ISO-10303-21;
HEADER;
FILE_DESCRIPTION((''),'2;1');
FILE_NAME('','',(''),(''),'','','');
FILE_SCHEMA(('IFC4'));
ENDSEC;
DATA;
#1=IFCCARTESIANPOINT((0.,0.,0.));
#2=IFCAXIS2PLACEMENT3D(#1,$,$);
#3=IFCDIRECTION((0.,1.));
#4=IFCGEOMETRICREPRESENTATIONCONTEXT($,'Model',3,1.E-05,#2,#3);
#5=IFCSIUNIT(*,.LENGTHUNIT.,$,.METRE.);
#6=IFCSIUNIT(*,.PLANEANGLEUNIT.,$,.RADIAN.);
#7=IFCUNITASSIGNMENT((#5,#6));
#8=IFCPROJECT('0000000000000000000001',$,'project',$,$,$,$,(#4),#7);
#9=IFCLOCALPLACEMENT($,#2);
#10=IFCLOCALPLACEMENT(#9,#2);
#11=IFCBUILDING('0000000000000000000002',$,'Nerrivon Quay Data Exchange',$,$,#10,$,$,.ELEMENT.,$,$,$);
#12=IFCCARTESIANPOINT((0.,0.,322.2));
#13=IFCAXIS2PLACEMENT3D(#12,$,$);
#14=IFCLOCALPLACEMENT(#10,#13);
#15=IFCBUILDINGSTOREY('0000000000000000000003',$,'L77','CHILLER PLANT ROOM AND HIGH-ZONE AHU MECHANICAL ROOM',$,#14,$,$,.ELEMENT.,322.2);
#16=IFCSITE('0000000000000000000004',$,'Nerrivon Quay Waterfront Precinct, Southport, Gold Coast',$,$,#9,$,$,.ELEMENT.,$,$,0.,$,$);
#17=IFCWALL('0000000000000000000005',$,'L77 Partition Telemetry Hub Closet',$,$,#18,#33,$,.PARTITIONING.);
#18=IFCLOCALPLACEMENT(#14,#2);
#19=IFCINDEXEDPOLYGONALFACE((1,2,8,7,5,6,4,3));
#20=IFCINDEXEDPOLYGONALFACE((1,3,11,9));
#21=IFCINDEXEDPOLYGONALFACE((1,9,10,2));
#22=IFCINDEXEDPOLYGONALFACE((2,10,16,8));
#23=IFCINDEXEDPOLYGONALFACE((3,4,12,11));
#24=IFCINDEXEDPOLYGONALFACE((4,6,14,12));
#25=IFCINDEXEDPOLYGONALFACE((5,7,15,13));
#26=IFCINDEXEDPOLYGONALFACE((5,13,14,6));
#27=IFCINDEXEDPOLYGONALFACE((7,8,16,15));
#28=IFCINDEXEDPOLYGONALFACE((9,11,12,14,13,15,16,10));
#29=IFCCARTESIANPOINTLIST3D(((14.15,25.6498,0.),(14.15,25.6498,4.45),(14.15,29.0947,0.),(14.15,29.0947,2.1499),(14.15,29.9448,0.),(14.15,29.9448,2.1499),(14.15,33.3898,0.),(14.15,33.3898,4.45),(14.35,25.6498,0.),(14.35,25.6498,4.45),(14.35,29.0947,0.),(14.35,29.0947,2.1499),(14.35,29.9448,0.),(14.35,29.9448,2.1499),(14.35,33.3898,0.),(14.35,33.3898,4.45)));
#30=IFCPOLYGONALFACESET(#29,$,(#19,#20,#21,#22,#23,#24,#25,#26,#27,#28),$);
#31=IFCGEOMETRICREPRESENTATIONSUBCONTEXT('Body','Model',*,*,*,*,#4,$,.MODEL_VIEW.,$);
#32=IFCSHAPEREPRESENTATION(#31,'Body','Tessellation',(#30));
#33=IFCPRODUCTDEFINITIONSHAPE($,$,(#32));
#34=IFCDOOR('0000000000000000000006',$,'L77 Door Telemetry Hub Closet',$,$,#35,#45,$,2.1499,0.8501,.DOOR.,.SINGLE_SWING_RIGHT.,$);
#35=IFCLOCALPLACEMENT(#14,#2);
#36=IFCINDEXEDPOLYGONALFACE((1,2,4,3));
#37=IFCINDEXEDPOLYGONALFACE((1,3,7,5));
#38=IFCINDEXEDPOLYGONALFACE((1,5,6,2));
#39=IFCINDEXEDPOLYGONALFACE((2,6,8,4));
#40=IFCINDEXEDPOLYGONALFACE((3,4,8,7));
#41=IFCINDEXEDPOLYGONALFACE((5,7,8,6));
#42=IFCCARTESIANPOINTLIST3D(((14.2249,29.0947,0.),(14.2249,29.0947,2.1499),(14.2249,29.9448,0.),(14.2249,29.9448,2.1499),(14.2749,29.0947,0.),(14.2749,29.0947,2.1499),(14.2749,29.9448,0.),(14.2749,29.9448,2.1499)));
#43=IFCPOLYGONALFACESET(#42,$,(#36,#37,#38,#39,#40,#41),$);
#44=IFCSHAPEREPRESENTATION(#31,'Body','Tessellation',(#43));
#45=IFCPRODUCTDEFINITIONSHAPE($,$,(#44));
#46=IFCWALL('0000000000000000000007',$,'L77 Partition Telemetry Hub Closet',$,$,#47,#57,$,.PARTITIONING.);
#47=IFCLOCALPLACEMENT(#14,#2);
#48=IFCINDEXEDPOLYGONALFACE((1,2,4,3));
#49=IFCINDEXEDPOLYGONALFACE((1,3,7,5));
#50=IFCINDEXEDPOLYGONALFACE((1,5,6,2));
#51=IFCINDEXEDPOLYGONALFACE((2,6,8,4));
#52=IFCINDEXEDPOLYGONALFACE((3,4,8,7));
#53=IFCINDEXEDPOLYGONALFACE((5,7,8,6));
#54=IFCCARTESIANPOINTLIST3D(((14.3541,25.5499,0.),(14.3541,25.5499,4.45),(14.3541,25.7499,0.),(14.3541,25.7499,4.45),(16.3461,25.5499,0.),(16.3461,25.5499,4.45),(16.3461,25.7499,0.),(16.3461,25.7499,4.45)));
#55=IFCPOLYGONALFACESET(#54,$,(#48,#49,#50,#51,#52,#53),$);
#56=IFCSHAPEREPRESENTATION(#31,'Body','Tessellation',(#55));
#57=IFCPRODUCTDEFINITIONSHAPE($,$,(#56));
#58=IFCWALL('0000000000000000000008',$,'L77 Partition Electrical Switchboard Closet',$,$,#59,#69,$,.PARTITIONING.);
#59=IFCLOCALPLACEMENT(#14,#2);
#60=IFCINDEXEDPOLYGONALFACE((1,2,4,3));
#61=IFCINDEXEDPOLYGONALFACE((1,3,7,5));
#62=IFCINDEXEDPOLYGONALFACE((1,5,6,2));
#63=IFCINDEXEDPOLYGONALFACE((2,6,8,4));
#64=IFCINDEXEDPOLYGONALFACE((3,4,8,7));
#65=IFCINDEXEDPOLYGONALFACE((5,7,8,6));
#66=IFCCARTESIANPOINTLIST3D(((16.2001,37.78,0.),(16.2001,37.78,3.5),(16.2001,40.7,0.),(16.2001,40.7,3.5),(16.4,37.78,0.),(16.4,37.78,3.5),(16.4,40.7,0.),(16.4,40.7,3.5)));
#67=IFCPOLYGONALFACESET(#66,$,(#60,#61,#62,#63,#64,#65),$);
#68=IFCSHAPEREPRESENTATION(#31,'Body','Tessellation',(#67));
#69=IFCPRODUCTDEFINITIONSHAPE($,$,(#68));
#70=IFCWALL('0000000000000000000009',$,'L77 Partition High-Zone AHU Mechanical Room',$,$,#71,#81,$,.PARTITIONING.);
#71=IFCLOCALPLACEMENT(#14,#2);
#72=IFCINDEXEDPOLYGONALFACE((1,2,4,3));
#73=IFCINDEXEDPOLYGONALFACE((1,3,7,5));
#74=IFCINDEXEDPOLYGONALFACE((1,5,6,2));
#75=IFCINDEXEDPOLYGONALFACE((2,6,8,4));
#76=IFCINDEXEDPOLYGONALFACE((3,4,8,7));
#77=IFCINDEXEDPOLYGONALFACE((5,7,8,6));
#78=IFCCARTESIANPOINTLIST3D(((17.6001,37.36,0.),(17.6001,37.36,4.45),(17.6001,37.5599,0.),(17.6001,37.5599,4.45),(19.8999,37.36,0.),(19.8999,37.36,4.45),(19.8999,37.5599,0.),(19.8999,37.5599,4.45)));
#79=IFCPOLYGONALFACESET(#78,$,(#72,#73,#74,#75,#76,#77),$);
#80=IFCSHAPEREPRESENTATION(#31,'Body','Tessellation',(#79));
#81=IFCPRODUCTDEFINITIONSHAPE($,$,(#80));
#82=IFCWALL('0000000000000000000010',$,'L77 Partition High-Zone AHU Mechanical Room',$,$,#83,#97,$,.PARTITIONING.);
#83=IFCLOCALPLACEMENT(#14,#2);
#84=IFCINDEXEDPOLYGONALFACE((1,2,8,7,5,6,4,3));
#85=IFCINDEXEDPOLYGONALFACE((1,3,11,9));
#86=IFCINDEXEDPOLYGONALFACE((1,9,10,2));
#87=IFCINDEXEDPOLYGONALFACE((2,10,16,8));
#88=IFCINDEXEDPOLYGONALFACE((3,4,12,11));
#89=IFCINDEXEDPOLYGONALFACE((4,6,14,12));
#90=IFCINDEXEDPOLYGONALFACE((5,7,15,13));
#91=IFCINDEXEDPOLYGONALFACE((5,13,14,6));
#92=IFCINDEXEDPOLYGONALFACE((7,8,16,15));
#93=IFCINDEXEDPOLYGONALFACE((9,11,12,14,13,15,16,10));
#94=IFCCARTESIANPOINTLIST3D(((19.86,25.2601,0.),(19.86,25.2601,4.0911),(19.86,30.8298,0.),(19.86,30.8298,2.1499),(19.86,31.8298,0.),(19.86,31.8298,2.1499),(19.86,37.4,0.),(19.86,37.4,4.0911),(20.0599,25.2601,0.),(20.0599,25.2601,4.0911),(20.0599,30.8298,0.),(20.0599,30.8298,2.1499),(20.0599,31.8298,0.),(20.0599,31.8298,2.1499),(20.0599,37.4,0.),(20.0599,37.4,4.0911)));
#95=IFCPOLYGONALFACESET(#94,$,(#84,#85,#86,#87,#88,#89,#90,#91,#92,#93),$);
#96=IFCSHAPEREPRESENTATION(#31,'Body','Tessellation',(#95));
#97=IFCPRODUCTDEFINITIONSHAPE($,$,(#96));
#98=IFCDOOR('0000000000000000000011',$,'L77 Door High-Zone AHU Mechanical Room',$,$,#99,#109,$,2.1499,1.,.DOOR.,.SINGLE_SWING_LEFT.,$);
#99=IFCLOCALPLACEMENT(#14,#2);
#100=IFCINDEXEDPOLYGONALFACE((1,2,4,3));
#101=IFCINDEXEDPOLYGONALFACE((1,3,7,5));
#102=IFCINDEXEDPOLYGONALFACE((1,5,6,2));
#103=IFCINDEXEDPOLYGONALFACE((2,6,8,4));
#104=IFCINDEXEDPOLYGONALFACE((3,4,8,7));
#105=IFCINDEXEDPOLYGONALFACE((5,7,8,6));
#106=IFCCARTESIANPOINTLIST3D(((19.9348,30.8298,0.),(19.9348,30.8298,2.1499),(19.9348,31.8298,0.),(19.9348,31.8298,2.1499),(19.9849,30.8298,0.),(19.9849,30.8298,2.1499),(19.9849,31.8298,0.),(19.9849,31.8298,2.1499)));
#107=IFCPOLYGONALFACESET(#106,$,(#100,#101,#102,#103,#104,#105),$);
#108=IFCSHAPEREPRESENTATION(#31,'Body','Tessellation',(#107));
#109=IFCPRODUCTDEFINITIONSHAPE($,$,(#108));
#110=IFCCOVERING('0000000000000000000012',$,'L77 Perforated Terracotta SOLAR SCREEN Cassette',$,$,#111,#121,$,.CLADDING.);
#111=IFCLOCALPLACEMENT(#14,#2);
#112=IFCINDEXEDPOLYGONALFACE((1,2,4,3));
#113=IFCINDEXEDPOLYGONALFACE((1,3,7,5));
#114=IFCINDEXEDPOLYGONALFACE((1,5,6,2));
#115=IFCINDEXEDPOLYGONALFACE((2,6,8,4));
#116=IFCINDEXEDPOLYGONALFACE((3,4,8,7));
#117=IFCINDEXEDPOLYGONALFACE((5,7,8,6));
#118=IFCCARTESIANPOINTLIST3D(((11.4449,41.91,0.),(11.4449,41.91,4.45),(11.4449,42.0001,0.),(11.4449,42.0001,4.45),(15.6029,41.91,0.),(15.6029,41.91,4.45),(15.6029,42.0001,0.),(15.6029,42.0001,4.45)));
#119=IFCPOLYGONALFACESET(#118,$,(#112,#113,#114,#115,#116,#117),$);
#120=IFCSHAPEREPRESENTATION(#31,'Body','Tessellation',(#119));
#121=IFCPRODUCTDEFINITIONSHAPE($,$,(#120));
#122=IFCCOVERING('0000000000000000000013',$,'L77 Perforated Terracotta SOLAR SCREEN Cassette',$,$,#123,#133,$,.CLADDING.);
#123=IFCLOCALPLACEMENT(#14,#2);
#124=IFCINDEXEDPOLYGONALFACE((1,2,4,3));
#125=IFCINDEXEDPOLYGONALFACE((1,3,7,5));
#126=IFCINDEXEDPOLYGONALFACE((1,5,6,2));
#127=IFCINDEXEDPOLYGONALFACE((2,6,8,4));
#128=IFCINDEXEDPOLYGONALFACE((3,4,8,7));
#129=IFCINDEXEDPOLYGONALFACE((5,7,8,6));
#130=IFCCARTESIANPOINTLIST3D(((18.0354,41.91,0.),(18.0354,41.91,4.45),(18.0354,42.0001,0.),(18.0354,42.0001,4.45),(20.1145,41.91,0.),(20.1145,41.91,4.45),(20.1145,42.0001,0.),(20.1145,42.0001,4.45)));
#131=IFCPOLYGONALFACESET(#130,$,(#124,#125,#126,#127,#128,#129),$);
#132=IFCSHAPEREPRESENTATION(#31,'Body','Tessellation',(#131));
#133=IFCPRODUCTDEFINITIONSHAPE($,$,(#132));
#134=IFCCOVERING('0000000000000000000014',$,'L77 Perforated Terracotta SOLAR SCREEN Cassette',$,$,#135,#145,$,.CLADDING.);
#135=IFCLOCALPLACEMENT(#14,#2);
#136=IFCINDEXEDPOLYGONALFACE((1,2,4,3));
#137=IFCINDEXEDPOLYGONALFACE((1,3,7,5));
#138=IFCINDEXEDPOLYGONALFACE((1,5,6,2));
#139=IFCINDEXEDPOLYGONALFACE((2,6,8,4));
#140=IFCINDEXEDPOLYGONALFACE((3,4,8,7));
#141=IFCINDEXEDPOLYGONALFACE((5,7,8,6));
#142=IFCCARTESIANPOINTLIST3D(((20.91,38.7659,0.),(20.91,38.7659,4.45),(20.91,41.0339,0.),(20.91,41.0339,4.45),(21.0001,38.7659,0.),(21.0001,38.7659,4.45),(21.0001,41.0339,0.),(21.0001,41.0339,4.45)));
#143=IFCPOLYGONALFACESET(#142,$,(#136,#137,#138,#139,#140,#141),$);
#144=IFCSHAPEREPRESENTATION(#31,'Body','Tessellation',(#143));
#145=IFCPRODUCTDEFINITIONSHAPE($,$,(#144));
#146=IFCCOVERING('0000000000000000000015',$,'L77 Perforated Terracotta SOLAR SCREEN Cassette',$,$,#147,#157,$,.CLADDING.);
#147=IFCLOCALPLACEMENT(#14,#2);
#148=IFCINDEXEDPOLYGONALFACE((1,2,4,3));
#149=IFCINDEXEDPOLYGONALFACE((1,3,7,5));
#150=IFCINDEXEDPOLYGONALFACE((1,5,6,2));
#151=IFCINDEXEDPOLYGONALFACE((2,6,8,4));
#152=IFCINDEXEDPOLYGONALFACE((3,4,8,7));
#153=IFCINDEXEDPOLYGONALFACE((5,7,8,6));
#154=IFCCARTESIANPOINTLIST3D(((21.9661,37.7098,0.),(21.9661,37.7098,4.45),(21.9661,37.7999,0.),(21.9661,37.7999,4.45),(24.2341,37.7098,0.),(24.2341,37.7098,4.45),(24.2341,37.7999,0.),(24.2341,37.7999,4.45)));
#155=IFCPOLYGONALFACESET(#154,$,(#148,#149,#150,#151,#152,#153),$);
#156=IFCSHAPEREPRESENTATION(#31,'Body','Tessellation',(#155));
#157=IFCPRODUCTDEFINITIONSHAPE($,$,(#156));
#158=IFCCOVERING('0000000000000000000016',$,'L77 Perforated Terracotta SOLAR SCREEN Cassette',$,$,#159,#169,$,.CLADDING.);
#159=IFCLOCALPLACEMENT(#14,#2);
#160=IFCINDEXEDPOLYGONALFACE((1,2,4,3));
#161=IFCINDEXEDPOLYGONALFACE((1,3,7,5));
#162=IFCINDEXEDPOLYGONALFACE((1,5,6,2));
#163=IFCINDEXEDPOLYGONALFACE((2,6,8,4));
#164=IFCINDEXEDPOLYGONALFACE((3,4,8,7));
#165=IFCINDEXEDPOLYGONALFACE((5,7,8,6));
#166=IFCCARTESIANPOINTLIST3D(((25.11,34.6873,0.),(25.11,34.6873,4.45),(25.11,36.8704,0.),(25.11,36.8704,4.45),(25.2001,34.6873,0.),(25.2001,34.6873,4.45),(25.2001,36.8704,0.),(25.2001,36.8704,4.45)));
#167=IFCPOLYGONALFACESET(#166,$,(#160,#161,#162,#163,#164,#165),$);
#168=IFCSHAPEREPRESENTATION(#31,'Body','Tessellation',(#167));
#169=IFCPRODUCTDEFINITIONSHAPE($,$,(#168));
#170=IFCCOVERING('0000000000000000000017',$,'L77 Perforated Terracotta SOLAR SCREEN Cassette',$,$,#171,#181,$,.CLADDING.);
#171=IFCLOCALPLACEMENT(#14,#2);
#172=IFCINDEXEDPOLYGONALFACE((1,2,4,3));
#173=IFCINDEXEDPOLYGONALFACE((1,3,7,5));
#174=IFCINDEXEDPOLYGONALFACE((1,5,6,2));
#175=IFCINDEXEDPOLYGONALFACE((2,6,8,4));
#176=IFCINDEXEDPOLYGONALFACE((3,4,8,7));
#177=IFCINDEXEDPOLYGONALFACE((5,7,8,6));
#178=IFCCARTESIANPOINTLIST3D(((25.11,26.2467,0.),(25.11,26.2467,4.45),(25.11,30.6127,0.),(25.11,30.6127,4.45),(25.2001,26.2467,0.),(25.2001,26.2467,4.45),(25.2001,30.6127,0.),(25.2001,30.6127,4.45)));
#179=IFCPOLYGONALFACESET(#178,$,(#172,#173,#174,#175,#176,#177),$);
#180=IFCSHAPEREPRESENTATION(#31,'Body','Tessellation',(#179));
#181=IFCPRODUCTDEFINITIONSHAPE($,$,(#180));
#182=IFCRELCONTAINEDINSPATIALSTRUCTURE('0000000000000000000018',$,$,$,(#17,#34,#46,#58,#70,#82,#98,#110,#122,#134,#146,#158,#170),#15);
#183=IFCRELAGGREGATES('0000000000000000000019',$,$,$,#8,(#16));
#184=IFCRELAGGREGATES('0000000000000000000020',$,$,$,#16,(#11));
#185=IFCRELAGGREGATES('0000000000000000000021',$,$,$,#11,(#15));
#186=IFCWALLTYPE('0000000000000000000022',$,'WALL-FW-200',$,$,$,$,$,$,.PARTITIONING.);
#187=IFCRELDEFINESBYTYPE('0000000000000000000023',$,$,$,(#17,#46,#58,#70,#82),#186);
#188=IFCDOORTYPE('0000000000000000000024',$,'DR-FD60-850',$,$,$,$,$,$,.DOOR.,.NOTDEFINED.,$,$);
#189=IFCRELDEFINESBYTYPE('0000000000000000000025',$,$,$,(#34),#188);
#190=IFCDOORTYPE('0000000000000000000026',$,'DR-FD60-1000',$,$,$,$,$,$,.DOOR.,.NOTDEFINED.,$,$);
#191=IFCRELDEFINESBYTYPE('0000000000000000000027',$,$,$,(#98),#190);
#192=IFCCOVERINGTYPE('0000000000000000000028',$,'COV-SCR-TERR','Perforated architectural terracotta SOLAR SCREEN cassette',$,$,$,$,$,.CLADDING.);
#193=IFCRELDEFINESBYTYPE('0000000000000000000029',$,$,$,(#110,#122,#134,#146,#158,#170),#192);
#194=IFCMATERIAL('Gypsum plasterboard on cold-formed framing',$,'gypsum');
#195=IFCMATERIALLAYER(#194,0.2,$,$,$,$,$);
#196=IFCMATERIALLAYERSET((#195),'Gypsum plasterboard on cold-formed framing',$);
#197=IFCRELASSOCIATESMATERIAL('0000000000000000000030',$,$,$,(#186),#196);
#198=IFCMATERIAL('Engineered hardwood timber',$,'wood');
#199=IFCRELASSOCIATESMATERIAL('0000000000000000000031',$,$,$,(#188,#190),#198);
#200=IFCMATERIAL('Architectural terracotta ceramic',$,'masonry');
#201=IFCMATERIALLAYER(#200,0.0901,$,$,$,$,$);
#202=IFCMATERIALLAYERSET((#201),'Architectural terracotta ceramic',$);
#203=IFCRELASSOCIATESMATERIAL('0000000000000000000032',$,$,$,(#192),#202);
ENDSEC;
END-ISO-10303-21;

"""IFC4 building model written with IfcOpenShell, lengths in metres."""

from ifc_helpers import new_model, si_unit, direction, frame, frame_2d, origin, origin_2d, place, context, subcontext, project, spatial, rectangle, extrude, material, layer, layer_set, type_object, element, fill, save


model = new_model("IFC4")

# Units and contexts
model_context = context("Model", 3, precision=1e-05, world=origin(), true_north=direction((0.0, 1.0)))
body_context = subcontext(model_context, "Body", "Model", "MODEL_VIEW")
ifc_project = project(units=[si_unit("LENGTHUNIT", "METRE"), si_unit("PLANEANGLEUNIT", "RADIAN")], contexts=[model_context])

# Site, building, storey
site_placement = place(None, origin())
site = spatial("IfcSite", under=ifc_project, at=site_placement, Name="Nerrivon Quay Waterfront Precinct, Southport, Gold Coast", CompositionType="ELEMENT", RefElevation=0.0)
building_placement = place(site_placement, origin())
building = spatial("IfcBuilding", under=site, at=building_placement, Name="Nerrivon Quay Data Exchange", CompositionType="ELEMENT")
storey_placement = place(building_placement, frame((0.0, 0.0, 322.2)))
storey = spatial("IfcBuildingStorey", under=building, at=storey_placement, Name="L77", Description="CHILLER PLANT ROOM AND HIGH-ZONE AHU MECHANICAL ROOM", CompositionType="ELEMENT", Elevation=322.2)

# Shared definitions
ifc_material_1 = material(Name="Gypsum plasterboard on cold-formed framing", Category="gypsum")
ifc_layer_1 = layer(ifc_material_1, 0.2)
ifc_layer_set_1 = layer_set([ifc_layer_1], Name="Gypsum plasterboard on cold-formed framing")
wall_type_1 = type_object("IfcWallType", Name="WALL-FW-200", PredefinedType="PARTITIONING", material=ifc_layer_set_1)

# Wall, opening, door
wall_1_placement = place(storey_placement, frame((14.25, 33.3899, 0.0), z_axis=(0.0, 0.0, 1.0), x_axis=(0.0, -1.0, 0.0)))
wall_1 = element("IfcWall", 1, at=wall_1_placement, inside=storey, type_object=wall_type_1, Name="L77 Partition Telemetry Hub Closet", PredefinedType="PARTITIONING", context=body_context, shape_type="SweptSolid", body=[
    extrude(rectangle(XDim=7.74, YDim=0.2, at=frame_2d((3.8701, 0.0))), origin(), (0.0, 0.0, 1.0), 4.45),
])
opening_1_placement = place(wall_1_placement, frame((3.4451, 0.0, 0.0)))
opening_1 = element("IfcOpeningElement", 2, at=opening_1_placement, cuts=wall_1, PredefinedType="OPENING", context=body_context, shape_type="SweptSolid", body=[
    extrude(rectangle(XDim=0.8501, YDim=2.1499, at=frame_2d((0.425, 1.075))), frame((0.0, 0.1099, 0.0), z_axis=(0.0, -1.0, 0.0), x_axis=(1.0, 0.0, 0.0)), (0.0, 0.0, 1.0), 0.22),
])
ifc_material_2 = material(Name="Engineered hardwood timber", Category="wood")
door_type_1 = type_object("IfcDoorType", Name="DR-FD60-850", OperationType="NOTDEFINED", PredefinedType="DOOR", material=ifc_material_2)
door_1_placement = place(opening_1_placement, origin())
door_1 = element("IfcDoor", 3, at=door_1_placement, inside=storey, type_object=door_type_1, Name="L77 Door Telemetry Hub Closet", OperationType="SINGLE_SWING_RIGHT", OverallHeight=2.1499, OverallWidth=0.8501, PredefinedType="DOOR", context=body_context, shape_type="SweptSolid", body=[
    extrude(rectangle(XDim=0.8501, YDim=2.1499, at=frame_2d((0.425, 1.075))), frame((0.0, 0.0249, 0.0), z_axis=(0.0, -1.0, 0.0), x_axis=(1.0, 0.0, 0.0)), (0.0, 0.0, 1.0), 0.05),
])
fill(opening_1, door_1)

# Walls
wall_2_placement = place(storey_placement, frame((14.354, 25.6499, 0.0), z_axis=(0.0, 0.0, 1.0), x_axis=(1.0, 0.0, 0.0)))
element("IfcWall", 4, at=wall_2_placement, inside=storey, type_object=wall_type_1, Name="L77 Partition Telemetry Hub Closet", PredefinedType="PARTITIONING", context=body_context, shape_type="SweptSolid", body=[
    extrude(rectangle(XDim=1.9919, YDim=0.2, at=frame_2d((0.9961, 0.0))), origin(), (0.0, 0.0, 1.0), 4.45),
])
wall_3_placement = place(storey_placement, frame((16.3, 37.78, 0.0), z_axis=(0.0, 0.0, 1.0), x_axis=(0.0, 1.0, 0.0)))
element("IfcWall", 5, at=wall_3_placement, inside=storey, type_object=wall_type_1, Name="L77 Partition Electrical Switchboard Closet", PredefinedType="PARTITIONING", context=body_context, shape_type="SweptSolid", body=[
    extrude(rectangle(XDim=2.9199, YDim=0.2, at=frame_2d((1.46, 0.0))), origin(), (0.0, 0.0, 1.0), 3.5),
])
wall_4_placement = place(storey_placement, frame((17.6001, 37.46, 0.0), z_axis=(0.0, 0.0, 1.0), x_axis=(1.0, 0.0, 0.0)))
element("IfcWall", 6, at=wall_4_placement, inside=storey, type_object=wall_type_1, Name="L77 Partition High-Zone AHU Mechanical Room", PredefinedType="PARTITIONING", context=body_context, shape_type="SweptSolid", body=[
    extrude(rectangle(XDim=2.2998, YDim=0.2, at=frame_2d((1.1499, 0.0))), origin(), (0.0, 0.0, 1.0), 4.45),
])

# Wall, opening, door
wall_5_placement = place(storey_placement, frame((19.96, 37.3999, 0.0), z_axis=(0.0, 0.0, 1.0), x_axis=(0.0, -1.0, 0.0)))
wall_5 = element("IfcWall", 7, at=wall_5_placement, inside=storey, type_object=wall_type_1, Name="L77 Partition High-Zone AHU Mechanical Room", PredefinedType="PARTITIONING", context=body_context, shape_type="SweptSolid", body=[
    extrude(rectangle(XDim=12.1399, YDim=0.2, at=frame_2d((6.0698, 0.0))), origin(), (0.0, 0.0, 1.0), 4.0911),
])
opening_2_placement = place(wall_5_placement, frame((5.5701, 0.0, 0.0)))
opening_2 = element("IfcOpeningElement", 8, at=opening_2_placement, cuts=wall_5, PredefinedType="OPENING", context=body_context, shape_type="SweptSolid", body=[
    extrude(rectangle(XDim=1.0, YDim=2.1499, at=frame_2d((0.5, 1.075))), frame((0.0, 0.1099, 0.0), z_axis=(0.0, -1.0, 0.0), x_axis=(1.0, 0.0, 0.0)), (0.0, 0.0, 1.0), 0.22),
])
door_type_2 = type_object("IfcDoorType", Name="DR-FD60-1000", OperationType="NOTDEFINED", PredefinedType="DOOR", material=ifc_material_2)
door_2_placement = place(opening_2_placement, origin())
door_2 = element("IfcDoor", 9, at=door_2_placement, inside=storey, type_object=door_type_2, Name="L77 Door High-Zone AHU Mechanical Room", OperationType="SINGLE_SWING_LEFT", OverallHeight=2.1499, OverallWidth=1.0, PredefinedType="DOOR", context=body_context, shape_type="SweptSolid", body=[
    extrude(rectangle(XDim=1.0, YDim=2.1499, at=frame_2d((0.5, 1.075))), frame((0.0, 0.0249, 0.0), z_axis=(0.0, -1.0, 0.0), x_axis=(1.0, 0.0, 0.0)), (0.0, 0.0, 1.0), 0.05),
])
fill(opening_2, door_2)

# Coverings
ifc_material_3 = material(Name="Architectural terracotta ceramic", Category="masonry")
ifc_layer_2 = layer(ifc_material_3, 0.0901)
ifc_layer_set_2 = layer_set([ifc_layer_2], Name="Architectural terracotta ceramic")
covering_type = type_object("IfcCoveringType", Name="COV-SCR-TERR", Description="Perforated architectural terracotta SOLAR SCREEN cassette", PredefinedType="CLADDING", material=ifc_layer_set_2)
covering_1_placement = place(storey_placement, frame((13.5239, 41.9551, 0.0), z_axis=(0.0, 0.0, 1.0), x_axis=(1.0, 0.0, 0.0)))
element("IfcCovering", 10, at=covering_1_placement, inside=storey, type_object=covering_type, Name="L77 Perforated Terracotta SOLAR SCREEN Cassette", PredefinedType="CLADDING", context=body_context, shape_type="SweptSolid", body=[
    extrude(rectangle(XDim=4.158, YDim=0.0901, at=origin_2d()), origin(), (0.0, 0.0, 1.0), 4.45),
])
covering_2_placement = place(storey_placement, frame((19.075, 41.9551, 0.0), z_axis=(0.0, 0.0, 1.0), x_axis=(1.0, 0.0, 0.0)))
element("IfcCovering", 11, at=covering_2_placement, inside=storey, type_object=covering_type, Name="L77 Perforated Terracotta SOLAR SCREEN Cassette", PredefinedType="CLADDING", context=body_context, shape_type="SweptSolid", body=[
    extrude(rectangle(XDim=2.0791, YDim=0.0901, at=origin_2d()), origin(), (0.0, 0.0, 1.0), 4.45),
])
for number, where, z_axis, x_axis, name in (
    (12, (20.9551, 39.8999, 0.0), (0.0, 0.0, 1.0), (0.0, -1.0, 0.0), "L77 Perforated Terracotta SOLAR SCREEN Cassette"),
    (13, (23.1001, 37.7549, 0.0), (0.0, 0.0, 1.0), (1.0, 0.0, 0.0), "L77 Perforated Terracotta SOLAR SCREEN Cassette"),
):
    element("IfcCovering", number, at=place(storey_placement, frame(where, z_axis=z_axis, x_axis=x_axis)), inside=storey, type_object=covering_type, Name=name, PredefinedType="CLADDING", context=body_context, shape_type="SweptSolid", body=[
        extrude(rectangle(XDim=2.2681, YDim=0.0901, at=origin_2d()), origin(), (0.0, 0.0, 1.0), 4.45),
    ])
covering_3_placement = place(storey_placement, frame((25.155, 35.7788, 0.0), z_axis=(0.0, 0.0, 1.0), x_axis=(0.0, -1.0, 0.0)))
element("IfcCovering", 14, at=covering_3_placement, inside=storey, type_object=covering_type, Name="L77 Perforated Terracotta SOLAR SCREEN Cassette", PredefinedType="CLADDING", context=body_context, shape_type="SweptSolid", body=[
    extrude(rectangle(XDim=2.1831, YDim=0.0901, at=origin_2d()), origin(), (0.0, 0.0, 1.0), 4.45),
])
covering_4_placement = place(storey_placement, frame((25.155, 28.4297, 0.0), z_axis=(0.0, 0.0, 1.0), x_axis=(0.0, -1.0, 0.0)))
element("IfcCovering", 15, at=covering_4_placement, inside=storey, type_object=covering_type, Name="L77 Perforated Terracotta SOLAR SCREEN Cassette", PredefinedType="CLADDING", context=body_context, shape_type="SweptSolid", body=[
    extrude(rectangle(XDim=4.366, YDim=0.0901, at=origin_2d()), origin(), (0.0, 0.0, 1.0), 4.45),
])

save(model, "model.ifc")
